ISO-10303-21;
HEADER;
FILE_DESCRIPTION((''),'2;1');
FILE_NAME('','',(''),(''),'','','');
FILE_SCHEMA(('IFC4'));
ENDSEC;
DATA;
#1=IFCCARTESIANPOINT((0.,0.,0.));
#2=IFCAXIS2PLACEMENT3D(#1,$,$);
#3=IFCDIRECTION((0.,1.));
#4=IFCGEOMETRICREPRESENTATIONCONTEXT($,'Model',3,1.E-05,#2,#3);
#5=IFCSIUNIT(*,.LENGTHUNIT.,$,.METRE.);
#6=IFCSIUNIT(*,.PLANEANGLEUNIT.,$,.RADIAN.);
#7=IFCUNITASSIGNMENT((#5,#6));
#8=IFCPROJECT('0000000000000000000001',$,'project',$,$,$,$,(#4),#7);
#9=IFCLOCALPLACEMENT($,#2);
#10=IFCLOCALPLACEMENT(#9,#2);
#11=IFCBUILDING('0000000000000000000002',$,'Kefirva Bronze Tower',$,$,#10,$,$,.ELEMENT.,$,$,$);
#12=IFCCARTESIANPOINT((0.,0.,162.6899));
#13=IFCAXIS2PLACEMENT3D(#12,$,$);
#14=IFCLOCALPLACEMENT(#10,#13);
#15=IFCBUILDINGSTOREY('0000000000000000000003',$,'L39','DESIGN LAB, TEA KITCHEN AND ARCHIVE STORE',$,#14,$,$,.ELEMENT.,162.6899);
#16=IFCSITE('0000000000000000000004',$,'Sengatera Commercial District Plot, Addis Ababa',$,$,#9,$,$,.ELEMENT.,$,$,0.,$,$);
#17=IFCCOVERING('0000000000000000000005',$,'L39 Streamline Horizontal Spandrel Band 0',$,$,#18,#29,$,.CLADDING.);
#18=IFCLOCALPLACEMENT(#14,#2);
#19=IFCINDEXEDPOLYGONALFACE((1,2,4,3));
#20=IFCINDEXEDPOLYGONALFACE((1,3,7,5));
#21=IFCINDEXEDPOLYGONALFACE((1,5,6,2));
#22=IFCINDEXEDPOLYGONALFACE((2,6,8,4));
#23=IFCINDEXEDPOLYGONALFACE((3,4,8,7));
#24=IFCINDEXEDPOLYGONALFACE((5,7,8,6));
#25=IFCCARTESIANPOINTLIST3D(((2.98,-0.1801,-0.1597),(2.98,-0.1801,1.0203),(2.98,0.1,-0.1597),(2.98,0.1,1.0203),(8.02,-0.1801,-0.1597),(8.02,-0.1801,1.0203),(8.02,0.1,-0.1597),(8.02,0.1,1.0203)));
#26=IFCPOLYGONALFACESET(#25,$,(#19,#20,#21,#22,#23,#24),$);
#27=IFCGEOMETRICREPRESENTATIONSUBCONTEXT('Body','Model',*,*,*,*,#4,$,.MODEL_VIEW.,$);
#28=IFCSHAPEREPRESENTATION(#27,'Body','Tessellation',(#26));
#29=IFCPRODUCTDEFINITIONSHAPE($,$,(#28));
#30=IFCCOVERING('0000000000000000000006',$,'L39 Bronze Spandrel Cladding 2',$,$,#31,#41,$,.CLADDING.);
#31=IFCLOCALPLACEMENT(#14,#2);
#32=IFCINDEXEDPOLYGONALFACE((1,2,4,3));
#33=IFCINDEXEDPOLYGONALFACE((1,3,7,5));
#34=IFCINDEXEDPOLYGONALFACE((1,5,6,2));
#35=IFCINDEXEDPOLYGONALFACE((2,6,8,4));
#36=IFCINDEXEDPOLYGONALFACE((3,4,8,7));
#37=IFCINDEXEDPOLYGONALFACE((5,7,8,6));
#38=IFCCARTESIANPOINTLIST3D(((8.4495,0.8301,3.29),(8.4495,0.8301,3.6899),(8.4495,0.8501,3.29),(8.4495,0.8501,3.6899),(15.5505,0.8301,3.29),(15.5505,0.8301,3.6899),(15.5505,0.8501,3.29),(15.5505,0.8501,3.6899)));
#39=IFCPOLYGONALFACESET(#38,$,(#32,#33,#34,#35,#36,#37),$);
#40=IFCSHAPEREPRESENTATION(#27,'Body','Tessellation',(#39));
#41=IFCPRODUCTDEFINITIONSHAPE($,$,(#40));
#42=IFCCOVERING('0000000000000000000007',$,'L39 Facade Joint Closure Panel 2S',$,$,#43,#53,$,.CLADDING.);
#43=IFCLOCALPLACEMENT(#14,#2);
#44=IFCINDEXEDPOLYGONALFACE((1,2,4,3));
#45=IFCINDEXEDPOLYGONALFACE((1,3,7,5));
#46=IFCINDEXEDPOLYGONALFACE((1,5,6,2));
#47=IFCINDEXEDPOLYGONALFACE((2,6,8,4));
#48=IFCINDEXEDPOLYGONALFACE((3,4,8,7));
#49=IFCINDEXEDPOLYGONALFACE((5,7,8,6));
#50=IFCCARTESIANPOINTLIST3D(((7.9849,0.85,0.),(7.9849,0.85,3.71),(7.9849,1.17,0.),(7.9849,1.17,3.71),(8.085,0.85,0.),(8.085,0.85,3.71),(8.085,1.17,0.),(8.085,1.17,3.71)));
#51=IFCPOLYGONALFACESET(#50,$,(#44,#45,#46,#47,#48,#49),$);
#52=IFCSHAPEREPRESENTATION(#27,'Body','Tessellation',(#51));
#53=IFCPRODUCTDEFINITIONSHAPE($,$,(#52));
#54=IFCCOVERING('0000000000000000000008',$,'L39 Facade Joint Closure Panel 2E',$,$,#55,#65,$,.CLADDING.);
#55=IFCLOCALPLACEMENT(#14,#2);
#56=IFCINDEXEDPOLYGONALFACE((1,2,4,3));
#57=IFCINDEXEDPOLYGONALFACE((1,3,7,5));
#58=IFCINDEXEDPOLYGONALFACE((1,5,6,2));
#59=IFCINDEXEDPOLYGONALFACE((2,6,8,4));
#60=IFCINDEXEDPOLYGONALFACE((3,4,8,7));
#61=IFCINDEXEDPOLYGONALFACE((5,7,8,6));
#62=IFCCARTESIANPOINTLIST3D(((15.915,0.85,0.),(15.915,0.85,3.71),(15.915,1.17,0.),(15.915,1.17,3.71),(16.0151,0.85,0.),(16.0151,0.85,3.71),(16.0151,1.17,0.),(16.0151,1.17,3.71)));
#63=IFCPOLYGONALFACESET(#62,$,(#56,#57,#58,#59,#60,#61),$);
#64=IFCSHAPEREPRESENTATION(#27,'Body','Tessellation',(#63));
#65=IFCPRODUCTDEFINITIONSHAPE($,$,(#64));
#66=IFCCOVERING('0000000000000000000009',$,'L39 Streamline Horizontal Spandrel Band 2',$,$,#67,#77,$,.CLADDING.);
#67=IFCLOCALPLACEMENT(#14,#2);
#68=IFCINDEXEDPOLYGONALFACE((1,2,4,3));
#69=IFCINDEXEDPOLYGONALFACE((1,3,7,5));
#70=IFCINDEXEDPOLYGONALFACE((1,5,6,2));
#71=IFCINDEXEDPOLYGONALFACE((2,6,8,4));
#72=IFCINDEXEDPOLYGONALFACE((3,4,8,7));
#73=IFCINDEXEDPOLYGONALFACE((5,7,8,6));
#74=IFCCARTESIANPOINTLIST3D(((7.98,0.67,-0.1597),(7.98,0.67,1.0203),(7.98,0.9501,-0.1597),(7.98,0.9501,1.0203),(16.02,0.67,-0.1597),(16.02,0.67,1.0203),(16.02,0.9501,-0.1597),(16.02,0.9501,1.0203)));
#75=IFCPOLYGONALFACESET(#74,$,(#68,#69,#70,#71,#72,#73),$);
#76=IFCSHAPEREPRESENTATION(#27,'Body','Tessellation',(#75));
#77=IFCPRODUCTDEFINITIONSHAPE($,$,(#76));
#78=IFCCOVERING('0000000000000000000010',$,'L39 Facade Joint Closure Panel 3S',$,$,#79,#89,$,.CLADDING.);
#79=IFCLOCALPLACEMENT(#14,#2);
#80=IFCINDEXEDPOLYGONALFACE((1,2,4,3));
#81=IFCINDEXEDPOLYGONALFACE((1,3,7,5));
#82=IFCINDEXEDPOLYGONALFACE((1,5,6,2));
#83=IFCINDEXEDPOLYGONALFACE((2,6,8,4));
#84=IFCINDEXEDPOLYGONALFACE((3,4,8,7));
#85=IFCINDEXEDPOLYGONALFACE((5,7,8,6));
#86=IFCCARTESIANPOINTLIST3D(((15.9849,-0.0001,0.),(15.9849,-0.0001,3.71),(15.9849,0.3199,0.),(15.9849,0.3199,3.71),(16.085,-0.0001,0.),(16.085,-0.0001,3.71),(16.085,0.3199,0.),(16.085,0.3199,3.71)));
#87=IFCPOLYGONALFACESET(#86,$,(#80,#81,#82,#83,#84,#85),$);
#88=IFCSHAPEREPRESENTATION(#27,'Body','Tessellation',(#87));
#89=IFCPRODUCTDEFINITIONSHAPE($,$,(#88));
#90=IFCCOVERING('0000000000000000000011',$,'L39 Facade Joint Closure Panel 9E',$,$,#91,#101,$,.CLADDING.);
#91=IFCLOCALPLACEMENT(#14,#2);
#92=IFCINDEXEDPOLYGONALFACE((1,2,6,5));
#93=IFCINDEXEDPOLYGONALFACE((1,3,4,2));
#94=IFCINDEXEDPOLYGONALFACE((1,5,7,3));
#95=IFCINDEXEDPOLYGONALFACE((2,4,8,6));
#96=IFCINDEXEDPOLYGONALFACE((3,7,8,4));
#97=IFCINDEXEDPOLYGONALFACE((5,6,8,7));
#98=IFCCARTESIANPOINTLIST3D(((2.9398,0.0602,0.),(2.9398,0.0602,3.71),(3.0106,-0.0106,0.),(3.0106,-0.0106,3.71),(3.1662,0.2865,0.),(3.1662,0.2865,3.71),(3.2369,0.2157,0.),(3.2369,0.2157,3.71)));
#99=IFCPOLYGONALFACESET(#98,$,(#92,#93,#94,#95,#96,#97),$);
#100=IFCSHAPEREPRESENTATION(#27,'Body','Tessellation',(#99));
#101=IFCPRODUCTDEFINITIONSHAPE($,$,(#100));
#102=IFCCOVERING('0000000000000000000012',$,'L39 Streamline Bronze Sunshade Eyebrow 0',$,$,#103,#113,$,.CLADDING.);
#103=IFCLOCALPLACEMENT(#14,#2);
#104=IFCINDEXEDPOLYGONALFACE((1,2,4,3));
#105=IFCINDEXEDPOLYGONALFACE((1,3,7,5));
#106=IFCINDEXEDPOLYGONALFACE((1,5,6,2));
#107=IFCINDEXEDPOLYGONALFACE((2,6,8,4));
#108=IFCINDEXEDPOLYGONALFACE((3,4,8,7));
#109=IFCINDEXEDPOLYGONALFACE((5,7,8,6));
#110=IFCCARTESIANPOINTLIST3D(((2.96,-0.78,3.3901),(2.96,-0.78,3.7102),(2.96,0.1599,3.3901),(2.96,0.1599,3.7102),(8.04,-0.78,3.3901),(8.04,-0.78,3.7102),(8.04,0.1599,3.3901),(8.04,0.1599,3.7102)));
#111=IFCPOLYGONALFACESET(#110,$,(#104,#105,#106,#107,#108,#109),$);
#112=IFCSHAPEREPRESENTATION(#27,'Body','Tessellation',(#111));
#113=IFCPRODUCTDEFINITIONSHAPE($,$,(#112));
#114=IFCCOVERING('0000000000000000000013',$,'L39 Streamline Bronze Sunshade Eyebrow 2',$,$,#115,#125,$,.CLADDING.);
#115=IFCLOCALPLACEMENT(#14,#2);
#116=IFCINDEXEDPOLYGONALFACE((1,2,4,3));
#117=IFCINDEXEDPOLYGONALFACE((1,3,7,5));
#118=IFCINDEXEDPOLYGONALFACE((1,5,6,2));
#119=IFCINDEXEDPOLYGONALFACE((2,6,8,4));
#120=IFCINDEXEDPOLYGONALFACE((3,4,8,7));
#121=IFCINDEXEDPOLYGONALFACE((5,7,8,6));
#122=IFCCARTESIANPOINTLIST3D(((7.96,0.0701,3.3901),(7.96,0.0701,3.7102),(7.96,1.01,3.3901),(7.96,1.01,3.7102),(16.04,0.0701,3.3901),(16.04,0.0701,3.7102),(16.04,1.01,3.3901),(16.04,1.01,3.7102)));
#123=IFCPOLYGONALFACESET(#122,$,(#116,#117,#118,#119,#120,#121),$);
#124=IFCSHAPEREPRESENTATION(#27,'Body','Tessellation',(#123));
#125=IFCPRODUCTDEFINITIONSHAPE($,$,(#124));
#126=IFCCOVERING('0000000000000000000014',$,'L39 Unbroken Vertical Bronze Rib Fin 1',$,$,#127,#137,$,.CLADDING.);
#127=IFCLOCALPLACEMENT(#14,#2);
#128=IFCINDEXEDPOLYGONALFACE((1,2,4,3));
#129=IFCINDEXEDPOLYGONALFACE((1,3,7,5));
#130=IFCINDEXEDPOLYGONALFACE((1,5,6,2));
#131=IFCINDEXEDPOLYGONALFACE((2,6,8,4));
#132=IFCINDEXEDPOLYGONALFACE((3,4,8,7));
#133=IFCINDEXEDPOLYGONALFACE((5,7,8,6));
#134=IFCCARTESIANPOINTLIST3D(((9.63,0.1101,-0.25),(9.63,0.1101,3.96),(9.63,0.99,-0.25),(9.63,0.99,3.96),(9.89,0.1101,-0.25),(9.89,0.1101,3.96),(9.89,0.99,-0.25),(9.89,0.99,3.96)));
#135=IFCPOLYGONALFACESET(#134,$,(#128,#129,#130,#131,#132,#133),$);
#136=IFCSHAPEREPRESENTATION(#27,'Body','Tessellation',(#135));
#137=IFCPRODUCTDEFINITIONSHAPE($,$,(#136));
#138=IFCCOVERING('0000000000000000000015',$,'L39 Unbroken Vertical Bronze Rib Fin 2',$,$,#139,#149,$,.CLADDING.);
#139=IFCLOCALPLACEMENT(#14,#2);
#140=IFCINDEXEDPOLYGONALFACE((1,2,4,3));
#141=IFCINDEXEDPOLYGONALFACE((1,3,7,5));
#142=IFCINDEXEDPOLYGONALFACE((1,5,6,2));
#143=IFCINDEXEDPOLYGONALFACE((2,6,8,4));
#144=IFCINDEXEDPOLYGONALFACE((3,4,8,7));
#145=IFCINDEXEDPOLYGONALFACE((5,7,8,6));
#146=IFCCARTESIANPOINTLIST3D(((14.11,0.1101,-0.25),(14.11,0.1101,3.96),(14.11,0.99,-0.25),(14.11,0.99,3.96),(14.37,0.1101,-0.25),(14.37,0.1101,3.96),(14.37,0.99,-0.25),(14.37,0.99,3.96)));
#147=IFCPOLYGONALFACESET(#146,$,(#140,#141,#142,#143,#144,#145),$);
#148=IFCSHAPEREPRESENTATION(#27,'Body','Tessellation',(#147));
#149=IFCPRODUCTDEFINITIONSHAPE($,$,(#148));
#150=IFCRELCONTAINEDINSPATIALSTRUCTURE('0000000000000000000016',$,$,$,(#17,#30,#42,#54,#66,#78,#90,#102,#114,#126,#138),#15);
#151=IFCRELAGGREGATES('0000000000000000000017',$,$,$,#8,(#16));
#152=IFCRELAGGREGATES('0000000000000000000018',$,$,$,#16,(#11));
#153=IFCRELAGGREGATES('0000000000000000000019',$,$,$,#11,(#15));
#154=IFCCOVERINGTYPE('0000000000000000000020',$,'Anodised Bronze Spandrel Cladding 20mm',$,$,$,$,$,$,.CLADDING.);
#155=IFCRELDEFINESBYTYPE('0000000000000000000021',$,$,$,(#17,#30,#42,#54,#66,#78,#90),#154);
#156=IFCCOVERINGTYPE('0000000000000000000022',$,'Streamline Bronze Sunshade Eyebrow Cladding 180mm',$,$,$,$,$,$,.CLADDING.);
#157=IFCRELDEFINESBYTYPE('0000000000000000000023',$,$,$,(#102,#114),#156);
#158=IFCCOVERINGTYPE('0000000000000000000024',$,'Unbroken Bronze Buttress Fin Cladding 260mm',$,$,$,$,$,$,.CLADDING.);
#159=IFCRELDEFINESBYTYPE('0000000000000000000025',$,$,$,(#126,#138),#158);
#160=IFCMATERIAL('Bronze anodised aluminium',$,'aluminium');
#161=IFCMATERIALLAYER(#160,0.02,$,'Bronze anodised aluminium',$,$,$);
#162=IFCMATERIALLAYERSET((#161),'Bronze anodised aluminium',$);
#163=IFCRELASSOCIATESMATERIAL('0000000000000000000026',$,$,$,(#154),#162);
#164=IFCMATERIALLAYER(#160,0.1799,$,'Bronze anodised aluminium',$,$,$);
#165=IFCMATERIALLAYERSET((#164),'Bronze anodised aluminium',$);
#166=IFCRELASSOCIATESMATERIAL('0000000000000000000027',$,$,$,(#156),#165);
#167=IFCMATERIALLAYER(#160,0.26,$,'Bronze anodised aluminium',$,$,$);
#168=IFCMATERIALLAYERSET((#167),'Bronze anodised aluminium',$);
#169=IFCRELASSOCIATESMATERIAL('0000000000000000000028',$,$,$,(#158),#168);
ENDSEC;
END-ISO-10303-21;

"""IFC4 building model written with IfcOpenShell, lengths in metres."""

from ifc_helpers import new_model, si_unit, direction, frame, origin, origin_2d, place, context, subcontext, project, spatial, rectangle, extrude, material, layer, layer_set, type_object, element, save


model = new_model("IFC4")

# Units and contexts
model_context = context("Model", 3, precision=1e-05, world=origin(), true_north=direction((0.0, 1.0)))
body_context = subcontext(model_context, "Body", "Model", "MODEL_VIEW")
ifc_project = project(units=[si_unit("LENGTHUNIT", "METRE"), si_unit("PLANEANGLEUNIT", "RADIAN")], contexts=[model_context])

# Site, building, storey
site_placement = place(None, origin())
site = spatial("IfcSite", under=ifc_project, at=site_placement, Name="Sengatera Commercial District Plot, Addis Ababa", CompositionType="ELEMENT", RefElevation=0.0)
building_placement = place(site_placement, origin())
building = spatial("IfcBuilding", under=site, at=building_placement, Name="Kefirva Bronze Tower", CompositionType="ELEMENT")
storey_placement = place(building_placement, frame((0.0, 0.0, 162.6899)))
storey = spatial("IfcBuildingStorey", under=building, at=storey_placement, Name="L39", Description="DESIGN LAB, TEA KITCHEN AND ARCHIVE STORE", CompositionType="ELEMENT", Elevation=162.6899)

# Coverings
ifc_material_1 = material(Name="Bronze anodised aluminium", Category="aluminium")
ifc_layer_1 = layer(ifc_material_1, 0.02, Name="Bronze anodised aluminium")
ifc_layer_set_1 = layer_set([ifc_layer_1], Name="Bronze anodised aluminium")
covering_type_1 = type_object("IfcCoveringType", Name="Anodised Bronze Spandrel Cladding 20mm", PredefinedType="CLADDING", material=ifc_layer_set_1)
covering_1_placement = place(storey_placement, frame((5.5, -0.04, -0.1597), z_axis=(0.0, 0.0, 1.0), x_axis=(1.0, 0.0, 0.0)))
element("IfcCovering", 1, at=covering_1_placement, inside=storey, type_object=covering_type_1, Name="L39 Streamline Horizontal Spandrel Band 0", PredefinedType="CLADDING", context=body_context, shape_type="SweptSolid", body=[
    extrude(rectangle(XDim=5.04, YDim=0.28, at=origin_2d()), origin(), (0.0, 0.0, 1.0), 1.1799),
])
covering_2_placement = place(storey_placement, frame((12.0, 0.8401, 3.29), z_axis=(0.0, 0.0, 1.0), x_axis=(1.0, 0.0, 0.0)))
element("IfcCovering", 2, at=covering_2_placement, inside=storey, type_object=covering_type_1, Name="L39 Bronze Spandrel Cladding 2", PredefinedType="CLADDING", context=body_context, shape_type="SweptSolid", body=[
    extrude(rectangle(XDim=7.1011, YDim=0.02, at=origin_2d()), origin(), (0.0, 0.0, 1.0), 0.3999),
])
for number, where, z_axis, x_axis, name in (
    (3, (8.0349, 1.01, 0.0), (0.0, 0.0, 1.0), (1.0, 0.0, 0.0), "L39 Facade Joint Closure Panel 2S"),
    (4, (15.9651, 1.01, 0.0), (0.0, 0.0, 1.0), (1.0, 0.0, 0.0), "L39 Facade Joint Closure Panel 2E"),
):
    element("IfcCovering", number, at=place(storey_placement, frame(where, z_axis=z_axis, x_axis=x_axis)), inside=storey, type_object=covering_type_1, Name=name, PredefinedType="CLADDING", context=body_context, shape_type="SweptSolid", body=[
        extrude(rectangle(XDim=0.1001, YDim=0.3201, at=origin_2d()), origin(), (0.0, 0.0, 1.0), 3.71),
    ])
covering_3_placement = place(storey_placement, frame((12.0, 0.8101, -0.1597), z_axis=(0.0, 0.0, 1.0), x_axis=(1.0, 0.0, 0.0)))
element("IfcCovering", 5, at=covering_3_placement, inside=storey, type_object=covering_type_1, Name="L39 Streamline Horizontal Spandrel Band 2", PredefinedType="CLADDING", context=body_context, shape_type="SweptSolid", body=[
    extrude(rectangle(XDim=8.04, YDim=0.28, at=origin_2d()), origin(), (0.0, 0.0, 1.0), 1.1799),
])
for number, where, z_axis, x_axis, name in (
    (6, (16.0349, 0.1599, 0.0), (0.0, 0.0, 1.0), (1.0, 0.0, 0.0), "L39 Facade Joint Closure Panel 3S"),
    (7, (3.0884, 0.1379, 0.0), (0.0, 0.0, 1.0), (0.707107, -0.707107, 0.0), "L39 Facade Joint Closure Panel 9E"),
):
    element("IfcCovering", number, at=place(storey_placement, frame(where, z_axis=z_axis, x_axis=x_axis)), inside=storey, type_object=covering_type_1, Name=name, PredefinedType="CLADDING", context=body_context, shape_type="SweptSolid", body=[
        extrude(rectangle(XDim=0.1001, YDim=0.3201, at=origin_2d()), origin(), (0.0, 0.0, 1.0), 3.71),
    ])
ifc_layer_2 = layer(ifc_material_1, 0.1799, Name="Bronze anodised aluminium")
ifc_layer_set_2 = layer_set([ifc_layer_2], Name="Bronze anodised aluminium")
covering_type_2 = type_object("IfcCoveringType", Name="Streamline Bronze Sunshade Eyebrow Cladding 180mm", PredefinedType="CLADDING", material=ifc_layer_set_2)
covering_4_placement = place(storey_placement, frame((5.5, -0.3101, 3.3901), z_axis=(0.0, 0.0, 1.0), x_axis=(1.0, 0.0, 0.0)))
element("IfcCovering", 8, at=covering_4_placement, inside=storey, type_object=covering_type_2, Name="L39 Streamline Bronze Sunshade Eyebrow 0", PredefinedType="CLADDING", context=body_context, shape_type="SweptSolid", body=[
    extrude(rectangle(XDim=5.0801, YDim=0.9399, at=origin_2d()), origin(), (0.0, 0.0, 1.0), 0.3201),
])
covering_5_placement = place(storey_placement, frame((12.0, 0.54, 3.3901), z_axis=(0.0, 0.0, 1.0), x_axis=(1.0, 0.0, 0.0)))
element("IfcCovering", 9, at=covering_5_placement, inside=storey, type_object=covering_type_2, Name="L39 Streamline Bronze Sunshade Eyebrow 2", PredefinedType="CLADDING", context=body_context, shape_type="SweptSolid", body=[
    extrude(rectangle(XDim=8.0801, YDim=0.9399, at=origin_2d()), origin(), (0.0, 0.0, 1.0), 0.3201),
])
ifc_layer_3 = layer(ifc_material_1, 0.26, Name="Bronze anodised aluminium")
ifc_layer_set_3 = layer_set([ifc_layer_3], Name="Bronze anodised aluminium")
covering_type_3 = type_object("IfcCoveringType", Name="Unbroken Bronze Buttress Fin Cladding 260mm", PredefinedType="CLADDING", material=ifc_layer_set_3)
for number, where, z_axis, x_axis, name in (
    (10, (9.76, 0.55, -0.25), (0.0, 0.0, 1.0), (1.0, 0.0, 0.0), "L39 Unbroken Vertical Bronze Rib Fin 1"),
    (11, (14.24, 0.55, -0.25), (0.0, 0.0, 1.0), (1.0, 0.0, 0.0), "L39 Unbroken Vertical Bronze Rib Fin 2"),
):
    element("IfcCovering", number, at=place(storey_placement, frame(where, z_axis=z_axis, x_axis=x_axis)), inside=storey, type_object=covering_type_3, Name=name, PredefinedType="CLADDING", context=body_context, shape_type="SweptSolid", body=[
        extrude(rectangle(XDim=0.26, YDim=0.8799, at=origin_2d()), origin(), (0.0, 0.0, 1.0), 4.21),
    ])

save(model, "model.ifc")
